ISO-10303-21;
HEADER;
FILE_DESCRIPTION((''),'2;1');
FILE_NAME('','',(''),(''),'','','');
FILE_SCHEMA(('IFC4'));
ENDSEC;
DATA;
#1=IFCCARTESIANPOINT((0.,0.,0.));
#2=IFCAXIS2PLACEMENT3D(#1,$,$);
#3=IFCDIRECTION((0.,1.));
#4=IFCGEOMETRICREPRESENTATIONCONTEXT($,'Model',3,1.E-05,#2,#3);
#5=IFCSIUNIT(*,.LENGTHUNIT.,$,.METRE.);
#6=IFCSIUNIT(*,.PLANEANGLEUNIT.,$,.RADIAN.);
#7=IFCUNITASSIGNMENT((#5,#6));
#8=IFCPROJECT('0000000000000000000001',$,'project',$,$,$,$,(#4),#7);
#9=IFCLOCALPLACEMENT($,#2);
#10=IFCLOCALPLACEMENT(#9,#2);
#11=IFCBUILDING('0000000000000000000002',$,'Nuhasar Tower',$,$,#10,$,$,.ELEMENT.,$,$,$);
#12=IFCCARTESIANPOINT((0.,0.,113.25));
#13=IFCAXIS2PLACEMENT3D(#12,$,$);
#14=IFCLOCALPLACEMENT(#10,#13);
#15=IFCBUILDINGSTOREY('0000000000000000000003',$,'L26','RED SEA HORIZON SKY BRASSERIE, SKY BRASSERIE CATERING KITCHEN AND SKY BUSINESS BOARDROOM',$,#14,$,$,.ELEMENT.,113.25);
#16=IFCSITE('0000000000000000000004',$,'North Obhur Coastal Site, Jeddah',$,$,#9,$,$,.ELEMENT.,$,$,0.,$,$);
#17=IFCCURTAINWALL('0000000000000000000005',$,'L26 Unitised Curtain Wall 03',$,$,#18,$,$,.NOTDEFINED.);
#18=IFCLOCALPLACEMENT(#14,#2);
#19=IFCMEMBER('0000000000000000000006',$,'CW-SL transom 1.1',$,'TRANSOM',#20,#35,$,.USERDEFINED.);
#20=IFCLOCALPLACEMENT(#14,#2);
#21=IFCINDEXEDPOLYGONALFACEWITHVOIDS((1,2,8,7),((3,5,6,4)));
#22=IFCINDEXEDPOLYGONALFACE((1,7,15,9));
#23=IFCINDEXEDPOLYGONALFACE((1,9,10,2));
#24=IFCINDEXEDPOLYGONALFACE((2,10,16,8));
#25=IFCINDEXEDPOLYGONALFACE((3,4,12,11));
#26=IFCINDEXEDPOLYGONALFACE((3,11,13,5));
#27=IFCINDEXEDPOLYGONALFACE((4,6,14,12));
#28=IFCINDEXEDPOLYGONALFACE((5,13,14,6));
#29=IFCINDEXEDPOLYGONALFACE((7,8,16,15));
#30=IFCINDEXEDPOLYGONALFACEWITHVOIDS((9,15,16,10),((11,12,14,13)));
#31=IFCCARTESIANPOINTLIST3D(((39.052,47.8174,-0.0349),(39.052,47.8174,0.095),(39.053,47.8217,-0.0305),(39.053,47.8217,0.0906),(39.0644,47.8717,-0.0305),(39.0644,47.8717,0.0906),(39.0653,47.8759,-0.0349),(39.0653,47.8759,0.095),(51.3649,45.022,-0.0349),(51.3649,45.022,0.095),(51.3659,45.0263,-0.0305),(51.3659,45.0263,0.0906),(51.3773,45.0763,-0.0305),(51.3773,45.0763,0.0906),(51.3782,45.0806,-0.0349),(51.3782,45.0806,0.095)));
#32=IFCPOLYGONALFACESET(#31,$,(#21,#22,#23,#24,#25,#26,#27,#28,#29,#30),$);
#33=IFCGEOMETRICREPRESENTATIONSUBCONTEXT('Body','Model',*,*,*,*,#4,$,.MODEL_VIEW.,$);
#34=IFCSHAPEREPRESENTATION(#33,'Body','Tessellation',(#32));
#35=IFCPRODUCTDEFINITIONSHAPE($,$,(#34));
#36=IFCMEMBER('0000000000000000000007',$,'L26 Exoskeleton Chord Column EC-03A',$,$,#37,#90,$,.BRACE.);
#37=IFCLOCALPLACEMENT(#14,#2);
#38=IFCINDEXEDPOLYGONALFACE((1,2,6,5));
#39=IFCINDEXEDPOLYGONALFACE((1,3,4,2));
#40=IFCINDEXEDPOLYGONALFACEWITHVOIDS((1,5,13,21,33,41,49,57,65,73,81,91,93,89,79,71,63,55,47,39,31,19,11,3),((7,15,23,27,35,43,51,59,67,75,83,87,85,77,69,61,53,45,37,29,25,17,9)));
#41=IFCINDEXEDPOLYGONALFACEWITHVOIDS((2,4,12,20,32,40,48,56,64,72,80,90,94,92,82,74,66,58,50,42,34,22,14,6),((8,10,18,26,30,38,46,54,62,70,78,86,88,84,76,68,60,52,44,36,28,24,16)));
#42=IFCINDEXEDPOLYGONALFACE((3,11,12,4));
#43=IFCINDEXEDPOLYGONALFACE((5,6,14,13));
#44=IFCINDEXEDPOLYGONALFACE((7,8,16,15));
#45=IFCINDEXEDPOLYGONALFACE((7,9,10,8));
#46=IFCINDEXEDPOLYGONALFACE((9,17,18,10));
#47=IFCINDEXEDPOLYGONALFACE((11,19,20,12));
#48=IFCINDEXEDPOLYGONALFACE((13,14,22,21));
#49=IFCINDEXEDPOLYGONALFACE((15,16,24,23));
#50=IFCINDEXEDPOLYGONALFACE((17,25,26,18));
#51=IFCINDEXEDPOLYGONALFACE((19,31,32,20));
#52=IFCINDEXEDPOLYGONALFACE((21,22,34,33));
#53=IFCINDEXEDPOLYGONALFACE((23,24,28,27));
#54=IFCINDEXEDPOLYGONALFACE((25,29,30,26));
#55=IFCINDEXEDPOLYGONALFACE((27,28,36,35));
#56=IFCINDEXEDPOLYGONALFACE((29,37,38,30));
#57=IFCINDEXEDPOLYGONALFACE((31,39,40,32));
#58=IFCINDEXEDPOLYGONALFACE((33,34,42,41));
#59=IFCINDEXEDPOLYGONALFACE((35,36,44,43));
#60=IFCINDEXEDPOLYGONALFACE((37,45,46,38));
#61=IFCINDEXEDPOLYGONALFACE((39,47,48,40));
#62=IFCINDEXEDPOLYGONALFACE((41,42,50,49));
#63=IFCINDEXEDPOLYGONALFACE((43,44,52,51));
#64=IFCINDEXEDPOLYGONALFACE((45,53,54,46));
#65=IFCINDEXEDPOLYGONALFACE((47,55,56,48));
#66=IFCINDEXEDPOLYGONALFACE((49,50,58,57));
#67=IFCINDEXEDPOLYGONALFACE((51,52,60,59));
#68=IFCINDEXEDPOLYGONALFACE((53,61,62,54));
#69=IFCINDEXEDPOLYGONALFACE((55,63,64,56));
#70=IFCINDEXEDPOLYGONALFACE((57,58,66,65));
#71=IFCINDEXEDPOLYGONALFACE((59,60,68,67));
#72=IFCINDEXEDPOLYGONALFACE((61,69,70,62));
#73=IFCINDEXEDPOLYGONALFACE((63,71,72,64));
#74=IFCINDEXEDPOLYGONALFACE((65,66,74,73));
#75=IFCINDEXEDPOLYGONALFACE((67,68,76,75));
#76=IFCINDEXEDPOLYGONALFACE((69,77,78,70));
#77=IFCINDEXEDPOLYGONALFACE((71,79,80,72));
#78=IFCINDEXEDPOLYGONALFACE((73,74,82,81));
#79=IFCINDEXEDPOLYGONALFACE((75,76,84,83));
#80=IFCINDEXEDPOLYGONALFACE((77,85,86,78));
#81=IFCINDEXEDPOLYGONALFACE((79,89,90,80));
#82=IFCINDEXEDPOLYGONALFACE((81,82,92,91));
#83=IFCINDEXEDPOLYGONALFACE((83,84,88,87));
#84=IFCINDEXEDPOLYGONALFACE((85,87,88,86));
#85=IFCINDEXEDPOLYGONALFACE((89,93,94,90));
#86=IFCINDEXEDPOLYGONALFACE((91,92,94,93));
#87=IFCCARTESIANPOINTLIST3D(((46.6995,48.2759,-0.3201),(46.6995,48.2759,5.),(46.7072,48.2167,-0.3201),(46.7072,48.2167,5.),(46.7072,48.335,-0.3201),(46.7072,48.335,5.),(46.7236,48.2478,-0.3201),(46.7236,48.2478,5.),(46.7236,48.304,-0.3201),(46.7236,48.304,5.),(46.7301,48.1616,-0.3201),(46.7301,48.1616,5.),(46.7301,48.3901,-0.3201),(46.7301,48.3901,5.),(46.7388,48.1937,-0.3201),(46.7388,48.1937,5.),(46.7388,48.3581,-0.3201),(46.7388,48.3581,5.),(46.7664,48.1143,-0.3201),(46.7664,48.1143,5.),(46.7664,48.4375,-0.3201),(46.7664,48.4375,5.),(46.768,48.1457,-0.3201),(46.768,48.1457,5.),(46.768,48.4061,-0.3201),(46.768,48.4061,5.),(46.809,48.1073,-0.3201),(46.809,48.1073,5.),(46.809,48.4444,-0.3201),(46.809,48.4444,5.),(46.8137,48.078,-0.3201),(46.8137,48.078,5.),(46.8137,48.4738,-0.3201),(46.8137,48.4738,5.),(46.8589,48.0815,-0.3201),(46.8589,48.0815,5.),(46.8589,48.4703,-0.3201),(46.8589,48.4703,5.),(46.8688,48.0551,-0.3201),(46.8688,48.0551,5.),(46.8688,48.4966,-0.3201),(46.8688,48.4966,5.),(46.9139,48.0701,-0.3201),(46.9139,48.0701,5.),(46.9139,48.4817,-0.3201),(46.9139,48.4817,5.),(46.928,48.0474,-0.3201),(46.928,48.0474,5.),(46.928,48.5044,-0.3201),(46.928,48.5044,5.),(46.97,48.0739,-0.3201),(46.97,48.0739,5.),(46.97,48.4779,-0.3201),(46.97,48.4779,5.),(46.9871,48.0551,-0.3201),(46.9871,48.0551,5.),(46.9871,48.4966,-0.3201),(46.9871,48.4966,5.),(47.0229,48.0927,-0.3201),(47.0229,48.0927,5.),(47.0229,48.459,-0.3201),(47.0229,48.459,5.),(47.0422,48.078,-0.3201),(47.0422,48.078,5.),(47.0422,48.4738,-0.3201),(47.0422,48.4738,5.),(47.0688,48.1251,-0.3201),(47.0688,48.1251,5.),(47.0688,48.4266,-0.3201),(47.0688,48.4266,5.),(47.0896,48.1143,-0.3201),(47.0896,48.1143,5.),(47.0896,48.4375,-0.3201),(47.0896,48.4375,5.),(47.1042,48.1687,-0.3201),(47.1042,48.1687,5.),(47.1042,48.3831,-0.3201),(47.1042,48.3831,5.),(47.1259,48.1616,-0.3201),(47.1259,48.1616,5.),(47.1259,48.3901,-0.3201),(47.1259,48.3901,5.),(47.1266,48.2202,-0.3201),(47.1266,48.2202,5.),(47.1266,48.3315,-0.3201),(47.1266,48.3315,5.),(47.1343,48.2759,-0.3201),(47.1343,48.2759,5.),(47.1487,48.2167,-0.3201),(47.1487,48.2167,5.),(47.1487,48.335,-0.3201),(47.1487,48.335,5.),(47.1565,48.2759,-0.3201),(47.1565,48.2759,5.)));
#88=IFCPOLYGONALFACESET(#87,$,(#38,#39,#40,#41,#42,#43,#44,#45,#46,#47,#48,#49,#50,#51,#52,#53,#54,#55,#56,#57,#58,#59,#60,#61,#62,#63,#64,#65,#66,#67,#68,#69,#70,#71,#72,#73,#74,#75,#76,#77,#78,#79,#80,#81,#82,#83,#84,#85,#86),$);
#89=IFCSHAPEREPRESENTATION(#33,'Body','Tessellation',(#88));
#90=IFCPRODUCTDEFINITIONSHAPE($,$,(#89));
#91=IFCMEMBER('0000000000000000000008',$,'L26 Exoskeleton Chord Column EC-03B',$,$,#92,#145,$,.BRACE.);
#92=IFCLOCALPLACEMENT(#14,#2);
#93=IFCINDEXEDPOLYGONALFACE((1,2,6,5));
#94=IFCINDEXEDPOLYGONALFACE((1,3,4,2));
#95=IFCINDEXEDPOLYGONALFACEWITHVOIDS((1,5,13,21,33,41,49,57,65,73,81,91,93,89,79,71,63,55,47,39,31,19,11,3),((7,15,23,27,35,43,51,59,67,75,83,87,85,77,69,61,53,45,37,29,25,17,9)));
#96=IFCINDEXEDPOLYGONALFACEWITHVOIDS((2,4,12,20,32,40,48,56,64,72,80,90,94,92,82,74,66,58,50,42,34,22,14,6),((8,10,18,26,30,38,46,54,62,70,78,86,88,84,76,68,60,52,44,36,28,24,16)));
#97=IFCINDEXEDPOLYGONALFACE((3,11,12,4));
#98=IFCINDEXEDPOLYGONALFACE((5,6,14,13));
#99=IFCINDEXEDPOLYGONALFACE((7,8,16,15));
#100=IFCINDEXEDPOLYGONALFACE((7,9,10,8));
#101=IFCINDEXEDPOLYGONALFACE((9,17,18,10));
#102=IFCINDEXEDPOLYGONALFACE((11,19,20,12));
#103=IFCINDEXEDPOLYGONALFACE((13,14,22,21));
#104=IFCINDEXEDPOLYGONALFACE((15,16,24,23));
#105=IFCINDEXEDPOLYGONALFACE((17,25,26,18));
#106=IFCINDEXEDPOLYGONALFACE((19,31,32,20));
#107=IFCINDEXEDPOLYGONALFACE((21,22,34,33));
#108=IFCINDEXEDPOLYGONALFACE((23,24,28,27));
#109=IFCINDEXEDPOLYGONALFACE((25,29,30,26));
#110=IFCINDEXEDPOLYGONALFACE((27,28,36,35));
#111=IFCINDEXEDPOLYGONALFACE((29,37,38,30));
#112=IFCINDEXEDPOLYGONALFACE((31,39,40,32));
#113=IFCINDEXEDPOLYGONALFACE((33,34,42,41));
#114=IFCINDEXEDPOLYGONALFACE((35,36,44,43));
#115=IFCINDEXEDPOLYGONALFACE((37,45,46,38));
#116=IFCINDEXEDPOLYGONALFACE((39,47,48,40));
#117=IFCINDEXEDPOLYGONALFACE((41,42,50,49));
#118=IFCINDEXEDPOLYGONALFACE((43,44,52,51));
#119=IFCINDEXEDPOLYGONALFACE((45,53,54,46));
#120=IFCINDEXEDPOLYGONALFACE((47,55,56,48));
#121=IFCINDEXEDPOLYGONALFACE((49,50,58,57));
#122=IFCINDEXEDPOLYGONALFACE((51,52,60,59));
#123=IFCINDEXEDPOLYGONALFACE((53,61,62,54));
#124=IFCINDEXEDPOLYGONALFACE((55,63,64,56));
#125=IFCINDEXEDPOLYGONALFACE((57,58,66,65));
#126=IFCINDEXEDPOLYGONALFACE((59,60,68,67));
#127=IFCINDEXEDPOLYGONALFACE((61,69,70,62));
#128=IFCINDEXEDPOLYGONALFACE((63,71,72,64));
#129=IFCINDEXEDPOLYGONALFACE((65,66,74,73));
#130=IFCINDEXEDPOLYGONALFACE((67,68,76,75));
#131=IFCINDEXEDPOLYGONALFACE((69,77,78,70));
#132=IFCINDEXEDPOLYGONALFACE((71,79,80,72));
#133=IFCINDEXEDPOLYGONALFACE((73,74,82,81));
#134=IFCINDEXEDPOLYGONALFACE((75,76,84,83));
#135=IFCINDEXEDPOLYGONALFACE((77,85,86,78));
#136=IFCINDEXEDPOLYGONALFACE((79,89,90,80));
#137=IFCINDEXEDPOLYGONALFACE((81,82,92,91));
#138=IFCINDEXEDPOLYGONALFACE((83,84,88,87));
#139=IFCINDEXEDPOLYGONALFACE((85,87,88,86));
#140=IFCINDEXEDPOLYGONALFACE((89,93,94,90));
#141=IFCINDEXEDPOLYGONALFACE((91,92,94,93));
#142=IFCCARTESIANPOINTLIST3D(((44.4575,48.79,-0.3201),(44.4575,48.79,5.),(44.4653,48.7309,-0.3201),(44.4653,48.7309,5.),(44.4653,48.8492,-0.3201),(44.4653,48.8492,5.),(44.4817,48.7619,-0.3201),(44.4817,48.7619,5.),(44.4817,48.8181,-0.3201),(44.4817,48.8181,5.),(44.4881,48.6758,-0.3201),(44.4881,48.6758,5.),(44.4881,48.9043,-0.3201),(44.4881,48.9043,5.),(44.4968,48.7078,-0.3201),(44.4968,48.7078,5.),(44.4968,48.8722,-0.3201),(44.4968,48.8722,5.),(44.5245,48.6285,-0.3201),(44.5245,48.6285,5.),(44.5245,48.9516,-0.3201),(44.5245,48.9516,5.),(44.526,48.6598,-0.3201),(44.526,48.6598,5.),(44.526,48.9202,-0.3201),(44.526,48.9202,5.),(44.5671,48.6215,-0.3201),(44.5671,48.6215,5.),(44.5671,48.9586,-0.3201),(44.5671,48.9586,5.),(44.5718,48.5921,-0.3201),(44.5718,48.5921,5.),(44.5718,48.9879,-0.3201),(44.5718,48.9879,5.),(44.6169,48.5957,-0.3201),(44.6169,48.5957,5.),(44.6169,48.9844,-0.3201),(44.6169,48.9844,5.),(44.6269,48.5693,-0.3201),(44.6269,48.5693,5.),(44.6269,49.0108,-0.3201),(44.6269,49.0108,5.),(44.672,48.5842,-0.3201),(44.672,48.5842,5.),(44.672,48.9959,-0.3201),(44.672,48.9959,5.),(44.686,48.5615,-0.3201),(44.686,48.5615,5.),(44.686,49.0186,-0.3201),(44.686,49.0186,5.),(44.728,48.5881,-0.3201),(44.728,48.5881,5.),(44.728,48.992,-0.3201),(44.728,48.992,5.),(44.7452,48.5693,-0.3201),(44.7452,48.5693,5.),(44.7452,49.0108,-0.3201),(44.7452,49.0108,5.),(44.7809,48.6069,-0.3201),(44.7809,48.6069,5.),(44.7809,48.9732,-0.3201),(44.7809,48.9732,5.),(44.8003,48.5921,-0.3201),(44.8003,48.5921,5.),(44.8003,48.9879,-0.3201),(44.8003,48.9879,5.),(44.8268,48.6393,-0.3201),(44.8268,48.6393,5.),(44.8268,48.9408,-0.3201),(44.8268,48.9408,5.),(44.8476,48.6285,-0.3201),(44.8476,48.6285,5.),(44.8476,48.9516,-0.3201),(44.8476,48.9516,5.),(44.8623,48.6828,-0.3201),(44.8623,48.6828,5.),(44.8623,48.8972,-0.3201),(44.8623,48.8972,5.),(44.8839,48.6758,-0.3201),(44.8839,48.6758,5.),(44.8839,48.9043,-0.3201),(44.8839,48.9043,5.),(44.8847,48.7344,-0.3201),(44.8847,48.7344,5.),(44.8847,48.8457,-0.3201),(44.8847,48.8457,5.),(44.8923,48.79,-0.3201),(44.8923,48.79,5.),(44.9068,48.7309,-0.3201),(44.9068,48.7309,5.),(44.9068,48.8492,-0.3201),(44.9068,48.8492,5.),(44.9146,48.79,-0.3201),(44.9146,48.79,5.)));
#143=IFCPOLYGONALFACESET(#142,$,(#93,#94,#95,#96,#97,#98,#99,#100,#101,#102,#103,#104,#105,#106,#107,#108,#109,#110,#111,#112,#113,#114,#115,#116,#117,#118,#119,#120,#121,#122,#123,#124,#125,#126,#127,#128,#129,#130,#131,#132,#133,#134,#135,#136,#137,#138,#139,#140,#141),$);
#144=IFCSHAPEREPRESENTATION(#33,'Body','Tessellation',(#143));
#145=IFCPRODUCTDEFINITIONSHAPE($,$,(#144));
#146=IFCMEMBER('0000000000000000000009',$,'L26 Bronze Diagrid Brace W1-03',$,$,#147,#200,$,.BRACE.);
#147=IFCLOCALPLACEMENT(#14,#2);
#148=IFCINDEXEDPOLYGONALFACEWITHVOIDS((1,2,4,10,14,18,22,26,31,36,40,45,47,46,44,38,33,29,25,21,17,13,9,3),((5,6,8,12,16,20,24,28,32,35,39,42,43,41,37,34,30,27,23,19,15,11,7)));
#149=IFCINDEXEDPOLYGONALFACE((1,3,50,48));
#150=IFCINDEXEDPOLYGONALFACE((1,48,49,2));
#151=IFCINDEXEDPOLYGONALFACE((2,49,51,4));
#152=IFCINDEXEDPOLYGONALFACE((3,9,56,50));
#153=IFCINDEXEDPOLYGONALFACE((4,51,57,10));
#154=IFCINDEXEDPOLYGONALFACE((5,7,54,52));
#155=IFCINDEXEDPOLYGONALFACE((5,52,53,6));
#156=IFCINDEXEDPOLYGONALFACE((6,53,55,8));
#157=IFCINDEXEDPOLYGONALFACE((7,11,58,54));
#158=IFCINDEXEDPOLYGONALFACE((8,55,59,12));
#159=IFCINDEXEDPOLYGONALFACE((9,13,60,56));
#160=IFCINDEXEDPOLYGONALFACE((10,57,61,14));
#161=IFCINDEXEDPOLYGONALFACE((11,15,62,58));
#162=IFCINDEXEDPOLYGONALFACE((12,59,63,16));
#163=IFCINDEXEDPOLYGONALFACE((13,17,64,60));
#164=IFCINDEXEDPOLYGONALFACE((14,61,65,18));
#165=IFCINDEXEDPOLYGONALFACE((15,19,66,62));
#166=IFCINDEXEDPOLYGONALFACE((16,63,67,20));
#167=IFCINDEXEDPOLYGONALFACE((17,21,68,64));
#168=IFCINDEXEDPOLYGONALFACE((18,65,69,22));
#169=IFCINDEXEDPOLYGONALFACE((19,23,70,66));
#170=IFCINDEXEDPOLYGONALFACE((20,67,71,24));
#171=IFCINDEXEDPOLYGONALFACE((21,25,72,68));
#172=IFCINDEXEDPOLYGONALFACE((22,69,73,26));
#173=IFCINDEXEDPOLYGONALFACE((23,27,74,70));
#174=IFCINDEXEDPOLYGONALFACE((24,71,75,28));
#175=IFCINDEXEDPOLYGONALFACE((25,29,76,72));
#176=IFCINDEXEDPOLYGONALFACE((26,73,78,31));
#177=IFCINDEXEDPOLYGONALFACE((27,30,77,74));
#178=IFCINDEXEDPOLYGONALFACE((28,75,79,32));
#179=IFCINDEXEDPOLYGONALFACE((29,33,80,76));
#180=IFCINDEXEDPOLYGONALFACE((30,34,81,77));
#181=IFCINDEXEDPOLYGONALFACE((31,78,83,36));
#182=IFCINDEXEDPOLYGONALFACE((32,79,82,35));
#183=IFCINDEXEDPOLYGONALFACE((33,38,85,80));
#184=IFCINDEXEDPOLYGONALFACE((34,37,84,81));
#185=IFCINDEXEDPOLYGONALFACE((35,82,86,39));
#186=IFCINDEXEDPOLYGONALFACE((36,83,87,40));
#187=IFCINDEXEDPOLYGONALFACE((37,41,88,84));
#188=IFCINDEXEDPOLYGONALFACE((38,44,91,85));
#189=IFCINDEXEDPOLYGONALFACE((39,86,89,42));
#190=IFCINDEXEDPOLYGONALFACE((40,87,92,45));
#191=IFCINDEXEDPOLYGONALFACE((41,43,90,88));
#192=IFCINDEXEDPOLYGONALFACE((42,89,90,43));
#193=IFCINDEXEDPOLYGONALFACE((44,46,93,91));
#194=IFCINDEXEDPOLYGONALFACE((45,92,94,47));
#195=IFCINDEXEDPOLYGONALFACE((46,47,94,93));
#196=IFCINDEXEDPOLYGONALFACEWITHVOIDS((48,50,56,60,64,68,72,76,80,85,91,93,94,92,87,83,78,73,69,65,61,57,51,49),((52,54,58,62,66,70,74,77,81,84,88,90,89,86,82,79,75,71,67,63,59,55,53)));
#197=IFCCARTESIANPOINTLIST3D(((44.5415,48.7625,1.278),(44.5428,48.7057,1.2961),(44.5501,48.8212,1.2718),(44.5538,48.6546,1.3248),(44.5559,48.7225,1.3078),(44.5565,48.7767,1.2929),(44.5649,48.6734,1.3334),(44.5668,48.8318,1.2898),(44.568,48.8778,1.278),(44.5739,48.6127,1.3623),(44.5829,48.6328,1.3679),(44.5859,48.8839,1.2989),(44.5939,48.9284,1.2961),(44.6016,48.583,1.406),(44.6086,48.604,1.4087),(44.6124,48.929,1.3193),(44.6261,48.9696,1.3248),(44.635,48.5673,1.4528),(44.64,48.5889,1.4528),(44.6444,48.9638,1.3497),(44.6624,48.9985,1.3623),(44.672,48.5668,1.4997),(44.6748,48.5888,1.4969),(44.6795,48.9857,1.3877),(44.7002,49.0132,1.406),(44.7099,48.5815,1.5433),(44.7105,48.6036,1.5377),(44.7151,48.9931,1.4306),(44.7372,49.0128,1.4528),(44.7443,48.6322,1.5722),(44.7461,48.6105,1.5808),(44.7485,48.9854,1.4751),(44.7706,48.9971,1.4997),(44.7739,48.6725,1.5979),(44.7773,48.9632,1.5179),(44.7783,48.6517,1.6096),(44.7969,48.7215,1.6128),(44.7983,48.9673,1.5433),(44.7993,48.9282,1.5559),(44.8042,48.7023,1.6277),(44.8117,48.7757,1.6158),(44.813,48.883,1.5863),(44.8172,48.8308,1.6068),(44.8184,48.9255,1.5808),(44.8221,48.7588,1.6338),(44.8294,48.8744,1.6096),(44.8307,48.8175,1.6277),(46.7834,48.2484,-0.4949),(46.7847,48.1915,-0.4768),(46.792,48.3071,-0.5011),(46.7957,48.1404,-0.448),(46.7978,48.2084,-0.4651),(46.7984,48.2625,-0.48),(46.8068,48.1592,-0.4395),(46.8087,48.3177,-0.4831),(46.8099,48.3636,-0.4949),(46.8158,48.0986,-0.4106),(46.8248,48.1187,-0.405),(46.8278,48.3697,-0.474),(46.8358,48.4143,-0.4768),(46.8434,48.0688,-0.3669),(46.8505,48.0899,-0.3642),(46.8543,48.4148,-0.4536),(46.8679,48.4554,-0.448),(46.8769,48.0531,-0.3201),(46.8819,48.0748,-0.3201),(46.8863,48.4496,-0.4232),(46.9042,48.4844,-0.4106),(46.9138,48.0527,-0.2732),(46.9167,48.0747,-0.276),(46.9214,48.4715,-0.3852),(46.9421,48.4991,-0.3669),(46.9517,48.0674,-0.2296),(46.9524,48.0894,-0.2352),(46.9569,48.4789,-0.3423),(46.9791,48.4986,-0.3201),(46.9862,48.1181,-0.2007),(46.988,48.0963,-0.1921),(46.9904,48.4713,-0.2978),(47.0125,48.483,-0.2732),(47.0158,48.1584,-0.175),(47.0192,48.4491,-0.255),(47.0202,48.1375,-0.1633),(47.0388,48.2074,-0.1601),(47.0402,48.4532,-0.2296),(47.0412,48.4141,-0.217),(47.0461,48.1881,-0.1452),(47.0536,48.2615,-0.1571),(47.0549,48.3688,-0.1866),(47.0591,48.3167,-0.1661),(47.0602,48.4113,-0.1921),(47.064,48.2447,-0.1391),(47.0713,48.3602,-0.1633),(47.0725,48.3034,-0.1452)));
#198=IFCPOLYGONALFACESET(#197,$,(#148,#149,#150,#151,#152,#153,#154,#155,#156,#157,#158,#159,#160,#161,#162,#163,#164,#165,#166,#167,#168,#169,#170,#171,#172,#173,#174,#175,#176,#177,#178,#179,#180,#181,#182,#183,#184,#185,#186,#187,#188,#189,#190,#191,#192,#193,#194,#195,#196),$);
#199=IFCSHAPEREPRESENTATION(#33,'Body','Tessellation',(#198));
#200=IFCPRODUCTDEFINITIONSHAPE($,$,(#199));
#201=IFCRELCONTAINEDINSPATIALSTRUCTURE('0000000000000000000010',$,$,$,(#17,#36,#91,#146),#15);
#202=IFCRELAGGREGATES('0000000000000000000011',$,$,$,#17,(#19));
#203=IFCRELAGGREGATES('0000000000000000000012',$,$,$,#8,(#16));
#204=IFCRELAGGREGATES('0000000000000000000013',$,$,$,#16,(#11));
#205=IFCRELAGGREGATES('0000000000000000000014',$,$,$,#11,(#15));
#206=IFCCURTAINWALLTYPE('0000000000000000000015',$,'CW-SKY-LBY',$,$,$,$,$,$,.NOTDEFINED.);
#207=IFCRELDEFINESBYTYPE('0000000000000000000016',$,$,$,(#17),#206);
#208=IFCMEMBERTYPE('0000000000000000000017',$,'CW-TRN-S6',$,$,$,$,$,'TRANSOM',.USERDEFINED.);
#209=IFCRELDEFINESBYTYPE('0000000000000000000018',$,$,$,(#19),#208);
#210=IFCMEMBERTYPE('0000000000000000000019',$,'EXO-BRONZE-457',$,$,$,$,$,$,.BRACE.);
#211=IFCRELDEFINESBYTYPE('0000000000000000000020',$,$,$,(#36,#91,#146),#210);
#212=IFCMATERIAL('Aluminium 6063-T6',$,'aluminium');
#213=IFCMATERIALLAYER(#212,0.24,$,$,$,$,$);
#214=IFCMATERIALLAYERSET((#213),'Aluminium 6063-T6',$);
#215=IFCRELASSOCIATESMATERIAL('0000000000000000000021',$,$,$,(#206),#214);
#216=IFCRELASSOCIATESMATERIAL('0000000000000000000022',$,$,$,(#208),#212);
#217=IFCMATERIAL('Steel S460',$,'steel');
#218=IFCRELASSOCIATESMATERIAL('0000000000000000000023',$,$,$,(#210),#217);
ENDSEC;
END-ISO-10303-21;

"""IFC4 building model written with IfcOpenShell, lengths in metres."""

from ifc_helpers import new_model, si_unit, direction, frame, origin, origin_2d, place, context, subcontext, project, spatial, hollow_rectangle, hollow_circle, extrude, material, layer, layer_set, material_profile, profile_set, type_object, element, aggregate, save


model = new_model("IFC4")

# Units and contexts
model_context = context("Model", 3, precision=1e-05, world=origin(), true_north=direction((0.0, 1.0)))
body_context = subcontext(model_context, "Body", "Model", "MODEL_VIEW")
ifc_project = project(units=[si_unit("LENGTHUNIT", "METRE"), si_unit("PLANEANGLEUNIT", "RADIAN")], contexts=[model_context])

# Site, building, storey
site_placement = place(None, origin())
site = spatial("IfcSite", under=ifc_project, at=site_placement, Name="North Obhur Coastal Site, Jeddah", CompositionType="ELEMENT", RefElevation=0.0)
building_placement = place(site_placement, origin())
building = spatial("IfcBuilding", under=site, at=building_placement, Name="Nuhasar Tower", CompositionType="ELEMENT")
storey_placement = place(building_placement, frame((0.0, 0.0, 113.25)))
storey = spatial("IfcBuildingStorey", under=building, at=storey_placement, Name="L26", Description="RED SEA HORIZON SKY BRASSERIE, SKY BRASSERIE CATERING KITCHEN AND SKY BUSINESS BOARDROOM", CompositionType="ELEMENT", Elevation=113.25)

# Shared definitions
ifc_material_1 = material(Name="Steel S460", Category="steel")

# Curtain wall, member
ifc_material_2 = material(Name="Aluminium 6063-T6", Category="aluminium")
ifc_layer_1 = layer(ifc_material_2, 0.24)
ifc_layer_set_1 = layer_set([ifc_layer_1], Name="Aluminium 6063-T6")
curtain_wall_type = type_object("IfcCurtainWallType", Name="CW-SKY-LBY", PredefinedType="NOTDEFINED", material=ifc_layer_set_1)
curtain_wall_placement = place(storey_placement, origin())
curtain_wall = element("IfcCurtainWall", 1, at=curtain_wall_placement, inside=storey, type_object=curtain_wall_type, Name="L26 Unitised Curtain Wall 03", PredefinedType="NOTDEFINED")
ifc_material_profile_1 = material_profile(ifc_material_2, hollow_rectangle(XDim=0.0601, YDim=0.1299, WallThickness=0.0044, at=origin_2d()), Name="CWT-6")
ifc_profile_set_1 = profile_set([ifc_material_profile_1], Name="Aluminium 6063-T6")
member_type_1 = type_object("IfcMemberType", Name="CW-TRN-S6", ElementType="TRANSOM", PredefinedType="USERDEFINED", material=ifc_profile_set_1)
member_1_placement = place(storey_placement, frame((51.3716, 45.0513, 0.03), z_axis=(-0.975184, 0.221395, 0.0), x_axis=(-0.221395, -0.975184, 0.0)))
member_1 = element("IfcMember", 2, at=member_1_placement, type_object=member_type_1, Name="CW-SL transom 1.1", ObjectType="TRANSOM", PredefinedType="USERDEFINED", context=body_context, shape_type="SweptSolid", body=[
    extrude(hollow_rectangle(XDim=0.0601, YDim=0.1299, WallThickness=0.0044, at=origin_2d()), origin(), (0.0, 0.0, 1.0), 12.6262),
])

# Members
ifc_material_profile_2 = material_profile(ifc_material_1, hollow_circle(Radius=0.2285, WallThickness=0.0222, at=origin_2d()), Name="HSS457X22.2")
ifc_profile_set_2 = profile_set([ifc_material_profile_2], Name="Steel S460")
member_type_2 = type_object("IfcMemberType", Name="EXO-BRONZE-457", PredefinedType="BRACE", material=ifc_profile_set_2)
for number, where, z_axis, x_axis, name in (
    (3, (46.928, 48.2759, -0.3201), (0.0, 0.0, 1.0), (1.0, 0.0, 0.0), "L26 Exoskeleton Chord Column EC-03A"),
    (4, (44.686, 48.79, -0.3201), (0.0, 0.0, 1.0), (1.0, 0.0, 0.0), "L26 Exoskeleton Chord Column EC-03B"),
):
    element("IfcMember", number, at=place(storey_placement, frame(where, z_axis=z_axis, x_axis=x_axis)), inside=storey, type_object=member_type_2, Name=name, PredefinedType="BRACE", context=body_context, shape_type="SweptSolid", body=[
        extrude(hollow_circle(Radius=0.2285, WallThickness=0.0222, at=origin_2d()), origin(), (0.0, 0.0, 1.0), 5.3201),
    ])
member_2_placement = place(storey_placement, frame((46.928, 48.2759, -0.3201), z_axis=(-0.771982, 0.177044, 0.610491), x_axis=(-0.223534, -0.974696, 0.0)))
element("IfcMember", 5, at=member_2_placement, inside=storey, type_object=member_type_2, Name="L26 Bronze Diagrid Brace W1-03", PredefinedType="BRACE", context=body_context, shape_type="SweptSolid", body=[
    extrude(hollow_circle(Radius=0.2285, WallThickness=0.0222, at=origin_2d()), origin(), (0.0, 0.0, 1.0), 2.9041),
])

aggregate(curtain_wall, [member_1])

save(model, "model.ifc")
